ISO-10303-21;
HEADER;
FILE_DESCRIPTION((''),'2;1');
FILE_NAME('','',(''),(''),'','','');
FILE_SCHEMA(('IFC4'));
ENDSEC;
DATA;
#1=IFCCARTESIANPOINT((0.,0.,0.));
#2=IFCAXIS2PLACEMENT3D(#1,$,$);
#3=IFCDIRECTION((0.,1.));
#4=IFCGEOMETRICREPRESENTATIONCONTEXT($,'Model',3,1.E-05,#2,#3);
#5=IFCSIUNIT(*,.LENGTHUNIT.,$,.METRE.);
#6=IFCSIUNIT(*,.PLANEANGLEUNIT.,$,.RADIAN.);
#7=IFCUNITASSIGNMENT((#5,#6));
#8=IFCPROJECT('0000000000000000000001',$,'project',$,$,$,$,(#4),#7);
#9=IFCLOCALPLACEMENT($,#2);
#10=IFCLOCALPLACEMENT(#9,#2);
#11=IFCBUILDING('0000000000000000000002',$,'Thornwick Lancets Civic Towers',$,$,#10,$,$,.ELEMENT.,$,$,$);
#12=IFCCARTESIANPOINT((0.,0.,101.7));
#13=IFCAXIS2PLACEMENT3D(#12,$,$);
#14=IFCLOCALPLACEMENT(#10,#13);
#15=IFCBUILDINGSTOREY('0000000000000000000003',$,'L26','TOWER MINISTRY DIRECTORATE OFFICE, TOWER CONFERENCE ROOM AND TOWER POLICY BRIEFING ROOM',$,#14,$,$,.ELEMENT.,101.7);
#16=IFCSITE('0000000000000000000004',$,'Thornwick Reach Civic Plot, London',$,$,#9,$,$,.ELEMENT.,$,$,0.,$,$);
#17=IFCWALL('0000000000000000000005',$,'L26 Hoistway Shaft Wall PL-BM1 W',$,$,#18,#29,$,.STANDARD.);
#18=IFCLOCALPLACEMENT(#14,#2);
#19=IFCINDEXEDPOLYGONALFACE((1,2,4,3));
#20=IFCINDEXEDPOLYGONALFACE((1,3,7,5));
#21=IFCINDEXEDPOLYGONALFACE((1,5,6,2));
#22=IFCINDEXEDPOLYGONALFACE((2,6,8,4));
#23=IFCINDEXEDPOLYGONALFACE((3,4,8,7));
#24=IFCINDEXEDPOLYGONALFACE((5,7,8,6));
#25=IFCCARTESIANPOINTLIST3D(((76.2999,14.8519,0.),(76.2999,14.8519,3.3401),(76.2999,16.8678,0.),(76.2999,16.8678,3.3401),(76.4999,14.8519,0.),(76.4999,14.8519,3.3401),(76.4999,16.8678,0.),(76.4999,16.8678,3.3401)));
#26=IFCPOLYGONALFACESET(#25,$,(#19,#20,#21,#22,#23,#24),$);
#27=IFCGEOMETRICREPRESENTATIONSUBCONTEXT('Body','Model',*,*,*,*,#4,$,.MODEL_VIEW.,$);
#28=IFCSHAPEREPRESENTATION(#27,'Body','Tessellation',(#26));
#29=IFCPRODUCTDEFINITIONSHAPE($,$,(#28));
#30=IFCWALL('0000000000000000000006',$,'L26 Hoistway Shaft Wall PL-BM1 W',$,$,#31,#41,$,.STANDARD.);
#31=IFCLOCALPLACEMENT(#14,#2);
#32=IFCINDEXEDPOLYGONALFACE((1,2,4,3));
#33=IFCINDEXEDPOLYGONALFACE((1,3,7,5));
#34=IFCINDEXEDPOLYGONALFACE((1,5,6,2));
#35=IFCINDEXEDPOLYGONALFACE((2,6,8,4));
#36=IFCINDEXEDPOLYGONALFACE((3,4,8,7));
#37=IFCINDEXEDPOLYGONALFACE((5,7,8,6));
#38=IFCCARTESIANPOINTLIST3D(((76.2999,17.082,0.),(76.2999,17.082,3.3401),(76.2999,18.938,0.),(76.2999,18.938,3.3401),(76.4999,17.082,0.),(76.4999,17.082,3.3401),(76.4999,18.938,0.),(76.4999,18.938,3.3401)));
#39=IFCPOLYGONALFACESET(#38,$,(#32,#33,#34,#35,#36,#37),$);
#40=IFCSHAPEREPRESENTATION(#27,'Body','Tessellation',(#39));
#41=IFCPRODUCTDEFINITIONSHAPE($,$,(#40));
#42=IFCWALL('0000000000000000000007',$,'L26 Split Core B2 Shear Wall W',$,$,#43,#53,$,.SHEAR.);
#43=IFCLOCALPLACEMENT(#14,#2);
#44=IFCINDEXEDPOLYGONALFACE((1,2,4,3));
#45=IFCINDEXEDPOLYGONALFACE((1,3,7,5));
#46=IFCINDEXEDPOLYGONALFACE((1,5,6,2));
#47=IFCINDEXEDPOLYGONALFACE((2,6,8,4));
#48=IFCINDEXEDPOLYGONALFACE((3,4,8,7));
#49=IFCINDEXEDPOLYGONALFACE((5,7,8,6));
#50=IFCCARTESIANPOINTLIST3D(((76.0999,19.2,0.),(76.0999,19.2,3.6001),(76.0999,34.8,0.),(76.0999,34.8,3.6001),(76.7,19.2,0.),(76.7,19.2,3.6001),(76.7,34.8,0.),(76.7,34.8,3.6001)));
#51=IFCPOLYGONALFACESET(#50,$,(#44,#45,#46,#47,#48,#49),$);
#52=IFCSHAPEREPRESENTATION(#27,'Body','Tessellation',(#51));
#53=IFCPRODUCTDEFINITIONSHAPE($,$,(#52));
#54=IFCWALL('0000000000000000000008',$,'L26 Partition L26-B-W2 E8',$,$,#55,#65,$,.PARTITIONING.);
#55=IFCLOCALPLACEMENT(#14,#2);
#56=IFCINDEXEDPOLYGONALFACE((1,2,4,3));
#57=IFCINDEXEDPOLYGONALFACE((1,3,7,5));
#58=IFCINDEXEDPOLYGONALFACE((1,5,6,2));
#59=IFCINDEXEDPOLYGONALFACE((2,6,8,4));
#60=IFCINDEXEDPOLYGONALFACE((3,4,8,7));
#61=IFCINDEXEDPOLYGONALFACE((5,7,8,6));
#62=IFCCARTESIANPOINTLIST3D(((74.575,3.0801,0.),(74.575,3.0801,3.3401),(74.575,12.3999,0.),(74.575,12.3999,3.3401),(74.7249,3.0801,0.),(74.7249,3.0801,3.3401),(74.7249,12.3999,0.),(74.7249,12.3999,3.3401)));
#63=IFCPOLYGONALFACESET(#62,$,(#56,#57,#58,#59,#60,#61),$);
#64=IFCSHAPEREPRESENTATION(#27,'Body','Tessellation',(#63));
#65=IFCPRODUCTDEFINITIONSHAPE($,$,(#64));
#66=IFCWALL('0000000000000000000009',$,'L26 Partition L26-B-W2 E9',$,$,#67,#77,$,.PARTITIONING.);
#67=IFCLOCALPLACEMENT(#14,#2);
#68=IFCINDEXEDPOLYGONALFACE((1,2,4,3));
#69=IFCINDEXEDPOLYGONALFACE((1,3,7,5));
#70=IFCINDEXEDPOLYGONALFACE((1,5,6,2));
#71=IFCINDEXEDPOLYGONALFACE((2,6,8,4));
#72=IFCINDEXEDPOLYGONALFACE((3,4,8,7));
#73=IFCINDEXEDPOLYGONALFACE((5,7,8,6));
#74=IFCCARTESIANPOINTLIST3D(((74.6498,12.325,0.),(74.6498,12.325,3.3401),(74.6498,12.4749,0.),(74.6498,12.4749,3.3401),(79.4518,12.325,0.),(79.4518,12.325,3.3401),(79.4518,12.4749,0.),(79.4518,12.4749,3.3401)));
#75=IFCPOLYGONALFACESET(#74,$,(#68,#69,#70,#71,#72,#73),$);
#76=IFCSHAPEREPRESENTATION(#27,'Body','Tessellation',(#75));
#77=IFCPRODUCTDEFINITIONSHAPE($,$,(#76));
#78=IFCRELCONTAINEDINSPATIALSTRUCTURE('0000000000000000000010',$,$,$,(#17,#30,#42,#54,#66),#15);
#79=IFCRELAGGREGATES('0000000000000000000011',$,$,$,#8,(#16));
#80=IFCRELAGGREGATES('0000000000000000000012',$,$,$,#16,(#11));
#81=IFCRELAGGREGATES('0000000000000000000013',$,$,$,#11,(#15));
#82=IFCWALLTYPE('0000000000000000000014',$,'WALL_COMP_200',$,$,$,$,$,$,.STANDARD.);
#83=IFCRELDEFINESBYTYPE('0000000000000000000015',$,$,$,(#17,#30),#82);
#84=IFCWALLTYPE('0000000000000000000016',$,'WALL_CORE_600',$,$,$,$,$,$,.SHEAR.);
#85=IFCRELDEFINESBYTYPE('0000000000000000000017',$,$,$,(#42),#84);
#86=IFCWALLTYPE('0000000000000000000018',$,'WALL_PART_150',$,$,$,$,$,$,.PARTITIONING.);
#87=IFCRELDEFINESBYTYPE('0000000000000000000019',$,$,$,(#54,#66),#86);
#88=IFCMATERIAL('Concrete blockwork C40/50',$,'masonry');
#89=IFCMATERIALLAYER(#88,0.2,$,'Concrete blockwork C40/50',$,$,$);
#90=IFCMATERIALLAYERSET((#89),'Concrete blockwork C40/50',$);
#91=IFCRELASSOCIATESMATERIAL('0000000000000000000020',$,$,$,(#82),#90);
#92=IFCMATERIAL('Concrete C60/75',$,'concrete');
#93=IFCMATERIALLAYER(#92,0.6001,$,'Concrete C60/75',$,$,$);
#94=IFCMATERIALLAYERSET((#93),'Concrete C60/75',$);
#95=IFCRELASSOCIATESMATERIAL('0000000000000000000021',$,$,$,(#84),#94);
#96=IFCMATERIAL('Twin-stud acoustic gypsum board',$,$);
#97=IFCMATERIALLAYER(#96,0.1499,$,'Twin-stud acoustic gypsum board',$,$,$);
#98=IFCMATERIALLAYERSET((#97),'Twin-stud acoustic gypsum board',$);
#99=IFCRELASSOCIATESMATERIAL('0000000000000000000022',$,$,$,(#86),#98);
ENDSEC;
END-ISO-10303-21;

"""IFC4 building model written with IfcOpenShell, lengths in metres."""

from ifc_helpers import new_model, si_unit, direction, frame, frame_2d, origin, place, context, subcontext, project, spatial, rectangle, extrude, material, layer, layer_set, type_object, element, save


model = new_model("IFC4")

# Units and contexts
model_context = context("Model", 3, precision=1e-05, world=origin(), true_north=direction((0.0, 1.0)))
body_context = subcontext(model_context, "Body", "Model", "MODEL_VIEW")
ifc_project = project(units=[si_unit("LENGTHUNIT", "METRE"), si_unit("PLANEANGLEUNIT", "RADIAN")], contexts=[model_context])

# Site, building, storey
site_placement = place(None, origin())
site = spatial("IfcSite", under=ifc_project, at=site_placement, Name="Thornwick Reach Civic Plot, London", CompositionType="ELEMENT", RefElevation=0.0)
building_placement = place(site_placement, origin())
building = spatial("IfcBuilding", under=site, at=building_placement, Name="Thornwick Lancets Civic Towers", CompositionType="ELEMENT")
storey_placement = place(building_placement, frame((0.0, 0.0, 101.7)))
storey = spatial("IfcBuildingStorey", under=building, at=storey_placement, Name="L26", Description="TOWER MINISTRY DIRECTORATE OFFICE, TOWER CONFERENCE ROOM AND TOWER POLICY BRIEFING ROOM", CompositionType="ELEMENT", Elevation=101.7)

# Shared definitions
ifc_material_1 = material(Name="Concrete C60/75", Category="concrete")

# Walls
ifc_material_2 = material(Name="Concrete blockwork C40/50", Category="masonry")
ifc_layer_1 = layer(ifc_material_2, 0.2, Name="Concrete blockwork C40/50")
ifc_layer_set_1 = layer_set([ifc_layer_1], Name="Concrete blockwork C40/50")
wall_type_1 = type_object("IfcWallType", Name="WALL_COMP_200", PredefinedType="STANDARD", material=ifc_layer_set_1)
wall_1_placement = place(storey_placement, frame((76.3999, 14.8521, 0.0), z_axis=(0.0, 0.0, 1.0), x_axis=(0.0, 1.0, 0.0)))
element("IfcWall", 1, at=wall_1_placement, inside=storey, type_object=wall_type_1, Name="L26 Hoistway Shaft Wall PL-BM1 W", PredefinedType="STANDARD", context=body_context, shape_type="SweptSolid", body=[
    extrude(rectangle(XDim=2.0159, YDim=0.2, at=frame_2d((1.0078, 0.0))), origin(), (0.0, 0.0, 1.0), 3.3401),
])
wall_2_placement = place(storey_placement, frame((76.3999, 17.082, 0.0), z_axis=(0.0, 0.0, 1.0), x_axis=(0.0, 1.0, 0.0)))
element("IfcWall", 2, at=wall_2_placement, inside=storey, type_object=wall_type_1, Name="L26 Hoistway Shaft Wall PL-BM1 W", PredefinedType="STANDARD", context=body_context, shape_type="SweptSolid", body=[
    extrude(rectangle(XDim=1.856, YDim=0.2, at=frame_2d((0.928, 0.0))), origin(), (0.0, 0.0, 1.0), 3.3401),
])
ifc_layer_2 = layer(ifc_material_1, 0.6001, Name="Concrete C60/75")
ifc_layer_set_2 = layer_set([ifc_layer_2], Name="Concrete C60/75")
wall_type_2 = type_object("IfcWallType", Name="WALL_CORE_600", PredefinedType="SHEAR", material=ifc_layer_set_2)
wall_3_placement = place(storey_placement, frame((76.3999, 19.2, 0.0), z_axis=(0.0, 0.0, 1.0), x_axis=(0.0, 1.0, 0.0)))
element("IfcWall", 3, at=wall_3_placement, inside=storey, type_object=wall_type_2, Name="L26 Split Core B2 Shear Wall W", PredefinedType="SHEAR", context=body_context, shape_type="SweptSolid", body=[
    extrude(rectangle(XDim=15.6001, YDim=0.6001, at=frame_2d((7.8, 0.0))), origin(), (0.0, 0.0, 1.0), 3.6001),
])
ifc_material_3 = material(Name="Twin-stud acoustic gypsum board")
ifc_layer_3 = layer(ifc_material_3, 0.1499, Name="Twin-stud acoustic gypsum board")
ifc_layer_set_3 = layer_set([ifc_layer_3], Name="Twin-stud acoustic gypsum board")
wall_type_3 = type_object("IfcWallType", Name="WALL_PART_150", PredefinedType="PARTITIONING", material=ifc_layer_set_3)
wall_4_placement = place(storey_placement, frame((74.6499, 3.0801, 0.0), z_axis=(0.0, 0.0, 1.0), x_axis=(0.0, 1.0, 0.0)))
element("IfcWall", 4, at=wall_4_placement, inside=storey, type_object=wall_type_3, Name="L26 Partition L26-B-W2 E8", PredefinedType="PARTITIONING", context=body_context, shape_type="SweptSolid", body=[
    extrude(rectangle(XDim=9.3198, YDim=0.1499, at=frame_2d((4.6599, 0.0))), origin(), (0.0, 0.0, 1.0), 3.3401),
])
wall_5_placement = place(storey_placement, frame((74.6499, 12.3999, 0.0), z_axis=(0.0, 0.0, 1.0), x_axis=(1.0, 0.0, 0.0)))
element("IfcWall", 5, at=wall_5_placement, inside=storey, type_object=wall_type_3, Name="L26 Partition L26-B-W2 E9", PredefinedType="PARTITIONING", context=body_context, shape_type="SweptSolid", body=[
    extrude(rectangle(XDim=4.802, YDim=0.1499, at=frame_2d((2.4009, 0.0))), origin(), (0.0, 0.0, 1.0), 3.3401),
])

save(model, "model.ifc")
